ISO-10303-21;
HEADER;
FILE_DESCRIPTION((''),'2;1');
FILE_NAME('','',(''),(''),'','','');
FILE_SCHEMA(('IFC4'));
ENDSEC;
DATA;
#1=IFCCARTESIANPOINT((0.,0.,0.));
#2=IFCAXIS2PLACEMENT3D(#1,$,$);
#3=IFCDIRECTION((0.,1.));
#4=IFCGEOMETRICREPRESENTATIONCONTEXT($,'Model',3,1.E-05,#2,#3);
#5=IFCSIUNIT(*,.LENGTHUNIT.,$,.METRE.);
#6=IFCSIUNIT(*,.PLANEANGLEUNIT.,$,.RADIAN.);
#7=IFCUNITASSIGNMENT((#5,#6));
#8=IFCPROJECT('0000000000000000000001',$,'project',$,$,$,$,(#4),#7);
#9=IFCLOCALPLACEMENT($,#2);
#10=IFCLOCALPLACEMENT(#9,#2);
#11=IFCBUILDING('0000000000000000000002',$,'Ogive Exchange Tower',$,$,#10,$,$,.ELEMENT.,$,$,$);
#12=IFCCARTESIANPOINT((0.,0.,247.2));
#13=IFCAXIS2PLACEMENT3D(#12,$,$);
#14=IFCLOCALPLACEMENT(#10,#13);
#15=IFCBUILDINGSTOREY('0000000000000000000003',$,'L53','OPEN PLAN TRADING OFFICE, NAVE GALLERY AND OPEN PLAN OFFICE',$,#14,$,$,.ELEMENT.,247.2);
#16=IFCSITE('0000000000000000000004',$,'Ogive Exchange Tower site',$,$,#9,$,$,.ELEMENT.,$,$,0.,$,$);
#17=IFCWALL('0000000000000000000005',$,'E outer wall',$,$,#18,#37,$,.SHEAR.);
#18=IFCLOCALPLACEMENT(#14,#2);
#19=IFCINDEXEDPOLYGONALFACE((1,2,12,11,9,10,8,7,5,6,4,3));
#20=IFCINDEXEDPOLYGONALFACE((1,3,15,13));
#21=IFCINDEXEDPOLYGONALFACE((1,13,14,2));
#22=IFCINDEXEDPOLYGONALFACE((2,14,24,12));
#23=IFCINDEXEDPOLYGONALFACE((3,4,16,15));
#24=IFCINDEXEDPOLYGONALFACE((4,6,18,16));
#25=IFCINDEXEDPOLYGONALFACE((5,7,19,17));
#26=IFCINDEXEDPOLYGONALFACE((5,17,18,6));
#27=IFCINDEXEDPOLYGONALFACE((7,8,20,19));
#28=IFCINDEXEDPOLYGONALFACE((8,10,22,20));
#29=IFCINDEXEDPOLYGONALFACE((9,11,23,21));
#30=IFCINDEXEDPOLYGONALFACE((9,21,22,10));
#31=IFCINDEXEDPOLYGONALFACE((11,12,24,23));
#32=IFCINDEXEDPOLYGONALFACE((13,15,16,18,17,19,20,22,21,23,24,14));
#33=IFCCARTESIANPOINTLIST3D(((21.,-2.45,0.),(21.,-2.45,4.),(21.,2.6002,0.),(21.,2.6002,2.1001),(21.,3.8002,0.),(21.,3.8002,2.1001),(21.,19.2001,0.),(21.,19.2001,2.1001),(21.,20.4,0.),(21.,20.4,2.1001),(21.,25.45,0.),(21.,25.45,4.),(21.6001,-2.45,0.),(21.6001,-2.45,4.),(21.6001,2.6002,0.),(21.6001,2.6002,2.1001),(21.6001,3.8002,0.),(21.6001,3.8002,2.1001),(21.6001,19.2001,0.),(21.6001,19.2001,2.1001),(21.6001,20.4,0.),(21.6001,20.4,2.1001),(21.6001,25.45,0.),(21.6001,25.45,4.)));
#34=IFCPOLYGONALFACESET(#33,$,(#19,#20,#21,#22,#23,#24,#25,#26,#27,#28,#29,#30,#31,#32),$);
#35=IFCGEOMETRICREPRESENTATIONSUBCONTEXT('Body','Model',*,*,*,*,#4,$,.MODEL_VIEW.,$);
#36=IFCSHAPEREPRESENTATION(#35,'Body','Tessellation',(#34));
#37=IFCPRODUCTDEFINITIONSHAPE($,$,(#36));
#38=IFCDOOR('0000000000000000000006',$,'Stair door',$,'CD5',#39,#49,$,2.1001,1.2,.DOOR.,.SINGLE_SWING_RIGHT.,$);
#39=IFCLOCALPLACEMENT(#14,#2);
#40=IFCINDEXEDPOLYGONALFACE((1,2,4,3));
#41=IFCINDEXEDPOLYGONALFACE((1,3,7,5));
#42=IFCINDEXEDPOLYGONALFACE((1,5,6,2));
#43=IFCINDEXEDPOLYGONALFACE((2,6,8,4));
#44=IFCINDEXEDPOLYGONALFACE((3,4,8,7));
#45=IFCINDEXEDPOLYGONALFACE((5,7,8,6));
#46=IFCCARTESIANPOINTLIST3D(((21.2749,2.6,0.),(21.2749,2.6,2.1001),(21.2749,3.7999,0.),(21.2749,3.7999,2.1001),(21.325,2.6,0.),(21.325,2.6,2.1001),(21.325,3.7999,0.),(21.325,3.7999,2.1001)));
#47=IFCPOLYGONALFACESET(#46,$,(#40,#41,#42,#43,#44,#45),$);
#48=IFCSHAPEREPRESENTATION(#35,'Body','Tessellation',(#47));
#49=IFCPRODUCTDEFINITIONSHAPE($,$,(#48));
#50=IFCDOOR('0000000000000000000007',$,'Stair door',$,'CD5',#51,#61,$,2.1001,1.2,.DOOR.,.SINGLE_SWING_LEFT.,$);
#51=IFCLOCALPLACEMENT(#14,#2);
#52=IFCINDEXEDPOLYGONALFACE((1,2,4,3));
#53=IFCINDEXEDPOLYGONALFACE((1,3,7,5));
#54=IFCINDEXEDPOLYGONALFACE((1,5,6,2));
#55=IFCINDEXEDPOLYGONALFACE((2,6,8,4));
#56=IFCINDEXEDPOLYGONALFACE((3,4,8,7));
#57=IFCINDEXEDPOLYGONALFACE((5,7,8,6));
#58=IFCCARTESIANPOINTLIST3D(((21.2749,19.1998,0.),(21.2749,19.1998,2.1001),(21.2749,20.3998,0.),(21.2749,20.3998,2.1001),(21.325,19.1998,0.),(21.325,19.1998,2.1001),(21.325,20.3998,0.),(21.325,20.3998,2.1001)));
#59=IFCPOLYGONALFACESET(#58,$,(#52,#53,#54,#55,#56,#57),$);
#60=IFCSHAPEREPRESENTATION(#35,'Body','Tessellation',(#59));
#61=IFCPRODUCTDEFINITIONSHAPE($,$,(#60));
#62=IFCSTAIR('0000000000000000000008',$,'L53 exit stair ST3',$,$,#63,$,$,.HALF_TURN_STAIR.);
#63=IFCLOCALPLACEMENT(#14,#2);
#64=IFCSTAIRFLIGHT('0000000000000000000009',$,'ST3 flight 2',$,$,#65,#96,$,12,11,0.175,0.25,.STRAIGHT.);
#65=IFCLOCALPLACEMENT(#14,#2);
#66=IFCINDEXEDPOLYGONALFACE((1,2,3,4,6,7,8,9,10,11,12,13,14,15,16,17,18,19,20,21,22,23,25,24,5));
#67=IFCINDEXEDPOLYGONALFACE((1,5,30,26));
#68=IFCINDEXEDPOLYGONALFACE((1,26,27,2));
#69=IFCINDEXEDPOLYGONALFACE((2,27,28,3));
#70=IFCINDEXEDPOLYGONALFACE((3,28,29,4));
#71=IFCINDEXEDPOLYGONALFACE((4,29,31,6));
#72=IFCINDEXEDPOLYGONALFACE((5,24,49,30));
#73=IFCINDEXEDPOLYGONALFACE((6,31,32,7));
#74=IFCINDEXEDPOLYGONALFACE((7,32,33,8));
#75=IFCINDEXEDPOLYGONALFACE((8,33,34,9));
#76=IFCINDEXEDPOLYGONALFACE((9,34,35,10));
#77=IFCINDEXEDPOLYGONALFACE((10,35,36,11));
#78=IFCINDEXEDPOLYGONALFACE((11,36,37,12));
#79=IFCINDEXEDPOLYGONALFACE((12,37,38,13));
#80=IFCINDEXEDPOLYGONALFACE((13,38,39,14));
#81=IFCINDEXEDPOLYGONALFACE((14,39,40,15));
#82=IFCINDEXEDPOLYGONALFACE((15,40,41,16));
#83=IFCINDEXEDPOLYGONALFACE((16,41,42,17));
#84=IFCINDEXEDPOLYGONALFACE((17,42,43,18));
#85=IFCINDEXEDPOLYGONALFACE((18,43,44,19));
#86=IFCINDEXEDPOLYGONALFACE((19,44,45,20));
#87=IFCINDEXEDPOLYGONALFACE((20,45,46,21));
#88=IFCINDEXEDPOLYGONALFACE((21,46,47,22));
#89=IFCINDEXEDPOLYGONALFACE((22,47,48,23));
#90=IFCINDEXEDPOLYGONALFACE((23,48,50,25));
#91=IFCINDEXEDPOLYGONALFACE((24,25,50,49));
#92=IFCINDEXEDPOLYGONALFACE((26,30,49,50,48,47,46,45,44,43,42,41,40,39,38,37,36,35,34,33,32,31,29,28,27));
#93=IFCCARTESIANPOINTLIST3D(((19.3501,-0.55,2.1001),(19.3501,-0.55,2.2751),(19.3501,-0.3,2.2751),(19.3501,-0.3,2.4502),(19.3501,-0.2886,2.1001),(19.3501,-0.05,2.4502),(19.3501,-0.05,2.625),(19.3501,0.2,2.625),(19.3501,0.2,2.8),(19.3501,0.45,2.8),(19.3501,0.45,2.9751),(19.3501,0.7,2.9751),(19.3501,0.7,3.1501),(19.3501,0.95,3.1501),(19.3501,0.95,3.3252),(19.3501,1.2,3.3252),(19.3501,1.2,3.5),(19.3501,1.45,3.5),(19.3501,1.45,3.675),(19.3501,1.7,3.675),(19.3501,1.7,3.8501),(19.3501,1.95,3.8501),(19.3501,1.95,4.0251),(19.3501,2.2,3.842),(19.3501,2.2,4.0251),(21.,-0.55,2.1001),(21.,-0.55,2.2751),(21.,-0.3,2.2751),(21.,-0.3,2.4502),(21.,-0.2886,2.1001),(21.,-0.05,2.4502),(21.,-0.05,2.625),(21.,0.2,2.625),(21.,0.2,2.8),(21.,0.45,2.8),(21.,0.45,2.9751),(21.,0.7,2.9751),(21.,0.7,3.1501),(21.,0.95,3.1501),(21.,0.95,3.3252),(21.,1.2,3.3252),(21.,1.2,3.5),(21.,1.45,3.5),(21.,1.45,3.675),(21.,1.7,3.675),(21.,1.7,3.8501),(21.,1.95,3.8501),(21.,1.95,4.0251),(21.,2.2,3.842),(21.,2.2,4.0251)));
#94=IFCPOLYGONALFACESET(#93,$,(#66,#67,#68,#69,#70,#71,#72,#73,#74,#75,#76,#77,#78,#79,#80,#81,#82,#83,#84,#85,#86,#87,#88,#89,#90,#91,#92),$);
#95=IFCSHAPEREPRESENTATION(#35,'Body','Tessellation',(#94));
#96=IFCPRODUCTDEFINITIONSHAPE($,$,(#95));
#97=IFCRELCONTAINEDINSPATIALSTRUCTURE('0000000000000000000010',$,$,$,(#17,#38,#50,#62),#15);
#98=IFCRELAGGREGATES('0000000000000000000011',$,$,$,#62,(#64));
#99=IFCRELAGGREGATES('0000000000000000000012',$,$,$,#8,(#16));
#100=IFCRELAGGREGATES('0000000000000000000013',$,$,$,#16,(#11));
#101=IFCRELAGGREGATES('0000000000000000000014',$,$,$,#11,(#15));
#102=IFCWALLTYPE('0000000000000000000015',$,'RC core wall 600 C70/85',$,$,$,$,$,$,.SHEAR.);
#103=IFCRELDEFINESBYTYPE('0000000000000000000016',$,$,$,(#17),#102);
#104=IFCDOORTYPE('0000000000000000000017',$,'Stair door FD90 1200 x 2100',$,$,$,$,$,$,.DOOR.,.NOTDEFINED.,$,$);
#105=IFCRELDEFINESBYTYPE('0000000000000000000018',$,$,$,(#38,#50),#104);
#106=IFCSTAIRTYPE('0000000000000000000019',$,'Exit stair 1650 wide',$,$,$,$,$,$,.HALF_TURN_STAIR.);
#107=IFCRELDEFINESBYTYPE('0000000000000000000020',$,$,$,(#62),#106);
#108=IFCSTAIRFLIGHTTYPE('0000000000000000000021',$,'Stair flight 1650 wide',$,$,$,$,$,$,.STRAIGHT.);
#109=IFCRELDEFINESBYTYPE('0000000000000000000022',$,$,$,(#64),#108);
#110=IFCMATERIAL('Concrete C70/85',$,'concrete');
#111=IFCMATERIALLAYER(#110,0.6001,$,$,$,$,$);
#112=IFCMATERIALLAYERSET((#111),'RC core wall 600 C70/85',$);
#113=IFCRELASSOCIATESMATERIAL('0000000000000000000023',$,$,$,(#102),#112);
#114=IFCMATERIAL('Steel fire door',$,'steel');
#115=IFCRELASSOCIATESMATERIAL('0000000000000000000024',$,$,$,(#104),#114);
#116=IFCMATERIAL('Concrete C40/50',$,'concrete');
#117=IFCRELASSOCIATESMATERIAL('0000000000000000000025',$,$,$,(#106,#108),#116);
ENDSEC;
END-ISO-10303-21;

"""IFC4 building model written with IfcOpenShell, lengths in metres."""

from ifc_helpers import new_model, si_unit, direction, frame, frame_2d, origin, place, context, subcontext, project, spatial, polyline, rectangle, outline, extrude, material, layer, layer_set, type_object, element, fill, aggregate, save


model = new_model("IFC4")

# Units and contexts
model_context = context("Model", 3, precision=1e-05, world=origin(), true_north=direction((0.0, 1.0)))
body_context = subcontext(model_context, "Body", "Model", "MODEL_VIEW")
ifc_project = project(units=[si_unit("LENGTHUNIT", "METRE"), si_unit("PLANEANGLEUNIT", "RADIAN")], contexts=[model_context])

# Site, building, storey
site_placement = place(None, origin())
site = spatial("IfcSite", under=ifc_project, at=site_placement, Name="Ogive Exchange Tower site", CompositionType="ELEMENT", RefElevation=0.0)
building_placement = place(site_placement, origin())
building = spatial("IfcBuilding", under=site, at=building_placement, Name="Ogive Exchange Tower", CompositionType="ELEMENT")
storey_placement = place(building_placement, frame((0.0, 0.0, 247.2)))
storey = spatial("IfcBuildingStorey", under=building, at=storey_placement, Name="L53", Description="OPEN PLAN TRADING OFFICE, NAVE GALLERY AND OPEN PLAN OFFICE", CompositionType="ELEMENT", Elevation=247.2)

# Wall, openings, doors
ifc_material_1 = material(Name="Concrete C70/85", Category="concrete")
ifc_layer_1 = layer(ifc_material_1, 0.6001)
ifc_layer_set_1 = layer_set([ifc_layer_1], Name="RC core wall 600 C70/85")
wall_type_1 = type_object("IfcWallType", Name="RC core wall 600 C70/85", PredefinedType="SHEAR", material=ifc_layer_set_1)
wall_1_placement = place(storey_placement, frame((21.3, -2.45, 0.0), z_axis=(0.0, 0.0, 1.0), x_axis=(0.0, 1.0, 0.0)))
wall_1 = element("IfcWall", 1, at=wall_1_placement, inside=storey, type_object=wall_type_1, Name="E outer wall", PredefinedType="SHEAR", context=body_context, shape_type="SweptSolid", body=[
    extrude(rectangle(XDim=27.8999, YDim=0.6001, at=frame_2d((13.95, 0.0))), origin(), (0.0, 0.0, 1.0), 4.0),
])
opening_1_placement = place(wall_1_placement, frame((5.05, 0.0, 0.0)))
opening_1 = element("IfcOpeningElement", 2, at=opening_1_placement, cuts=wall_1, PredefinedType="OPENING", context=body_context, shape_type="SweptSolid", body=[
    extrude(rectangle(XDim=1.2, YDim=2.1001, at=frame_2d((0.6001, 1.05))), frame((0.0, 0.3101, 0.0), z_axis=(0.0, -1.0, 0.0), x_axis=(1.0, 0.0, 0.0)), (0.0, 0.0, 1.0), 0.6201),
])
opening_2_placement = place(wall_1_placement, frame((21.6499, 0.0, 0.0)))
opening_2 = element("IfcOpeningElement", 3, at=opening_2_placement, cuts=wall_1, PredefinedType="OPENING", context=body_context, shape_type="SweptSolid", body=[
    extrude(rectangle(XDim=1.2, YDim=2.1001, at=frame_2d((0.6001, 1.05))), frame((0.0, 0.3101, 0.0), z_axis=(0.0, -1.0, 0.0), x_axis=(1.0, 0.0, 0.0)), (0.0, 0.0, 1.0), 0.6201),
])
ifc_material_2 = material(Name="Steel fire door", Category="steel")
door_type_1 = type_object("IfcDoorType", Name="Stair door FD90 1200 x 2100", OperationType="NOTDEFINED", PredefinedType="DOOR", material=ifc_material_2)
door_1_placement = place(opening_1_placement, frame((1.2, 0.0, 0.0), z_axis=(0.0, 0.0, 1.0), x_axis=(-1.0, 0.0, 0.0)))
door_1 = element("IfcDoor", 4, at=door_1_placement, inside=storey, type_object=door_type_1, Name="Stair door", ObjectType="CD5", OperationType="SINGLE_SWING_RIGHT", OverallHeight=2.1001, OverallWidth=1.2, PredefinedType="DOOR", context=body_context, shape_type="SweptSolid", body=[
    extrude(rectangle(XDim=1.2, YDim=2.1001, at=frame_2d((0.6001, 1.05))), frame((0.0, 0.0249, 0.0), z_axis=(0.0, -1.0, 0.0), x_axis=(1.0, 0.0, 0.0)), (0.0, 0.0, 1.0), 0.05),
])
fill(opening_1, door_1)
door_2_placement = place(opening_2_placement, frame((1.2, 0.0, 0.0), z_axis=(0.0, 0.0, 1.0), x_axis=(-1.0, 0.0, 0.0)))
door_2 = element("IfcDoor", 5, at=door_2_placement, inside=storey, type_object=door_type_1, Name="Stair door", ObjectType="CD5", OperationType="SINGLE_SWING_LEFT", OverallHeight=2.1001, OverallWidth=1.2, PredefinedType="DOOR", context=body_context, shape_type="SweptSolid", body=[
    extrude(rectangle(XDim=1.2, YDim=2.1001, at=frame_2d((0.6001, 1.05))), frame((0.0, 0.0249, 0.0), z_axis=(0.0, -1.0, 0.0), x_axis=(1.0, 0.0, 0.0)), (0.0, 0.0, 1.0), 0.05),
])
fill(opening_2, door_2)

# Stair, stair flight
ifc_material_3 = material(Name="Concrete C40/50", Category="concrete")
stair_type = type_object("IfcStairType", Name="Exit stair 1650 wide", PredefinedType="HALF_TURN_STAIR", material=ifc_material_3)
stair_placement = place(storey_placement, origin())
stair = element("IfcStair", 6, at=stair_placement, inside=storey, type_object=stair_type, Name="L53 exit stair ST3", PredefinedType="HALF_TURN_STAIR")
stair_flight_type = type_object("IfcStairFlightType", Name="Stair flight 1650 wide", PredefinedType="STRAIGHT", material=ifc_material_3)
stair_flight_placement = place(storey_placement, frame((20.175, -0.55, 2.1001), z_axis=(0.0, 0.0, 1.0), x_axis=(0.0, 1.0, 0.0)))
stair_flight = element("IfcStairFlight", 7, at=stair_flight_placement, type_object=stair_flight_type, Name="ST3 flight 2", NumberOfRisers=12, NumberOfTreads=11, PredefinedType="STRAIGHT", RiserHeight=0.175, TreadLength=0.25, context=body_context, shape_type="SweptSolid", body=[
    extrude(outline(polyline([(0.0, 0.0), (0.0, 0.175), (0.25, 0.175), (0.25, 0.3501), (0.5, 0.3501), (0.5, 0.5249), (0.75, 0.5249), (0.75, 0.7), (1.0, 0.7), (1.0, 0.875), (1.25, 0.875), (1.25, 1.05), (1.5, 1.05), (1.5, 1.2251), (1.75, 1.2251), (1.75, 1.3999), (2.0, 1.3999), (2.0, 1.575), (2.25, 1.575), (2.25, 1.75), (2.5, 1.75), (2.5, 1.925), (2.75, 1.925), (2.75, 2.1001), (2.75, 1.7419), (0.2615, 0.0), (0.0, 0.0)])), frame((0.0, 0.825, 0.0), z_axis=(0.0, -1.0, 0.0), x_axis=(1.0, 0.0, 0.0)), (0.0, 0.0, 1.0), 1.6499),
])
aggregate(stair, [stair_flight])

save(model, "model.ifc")
